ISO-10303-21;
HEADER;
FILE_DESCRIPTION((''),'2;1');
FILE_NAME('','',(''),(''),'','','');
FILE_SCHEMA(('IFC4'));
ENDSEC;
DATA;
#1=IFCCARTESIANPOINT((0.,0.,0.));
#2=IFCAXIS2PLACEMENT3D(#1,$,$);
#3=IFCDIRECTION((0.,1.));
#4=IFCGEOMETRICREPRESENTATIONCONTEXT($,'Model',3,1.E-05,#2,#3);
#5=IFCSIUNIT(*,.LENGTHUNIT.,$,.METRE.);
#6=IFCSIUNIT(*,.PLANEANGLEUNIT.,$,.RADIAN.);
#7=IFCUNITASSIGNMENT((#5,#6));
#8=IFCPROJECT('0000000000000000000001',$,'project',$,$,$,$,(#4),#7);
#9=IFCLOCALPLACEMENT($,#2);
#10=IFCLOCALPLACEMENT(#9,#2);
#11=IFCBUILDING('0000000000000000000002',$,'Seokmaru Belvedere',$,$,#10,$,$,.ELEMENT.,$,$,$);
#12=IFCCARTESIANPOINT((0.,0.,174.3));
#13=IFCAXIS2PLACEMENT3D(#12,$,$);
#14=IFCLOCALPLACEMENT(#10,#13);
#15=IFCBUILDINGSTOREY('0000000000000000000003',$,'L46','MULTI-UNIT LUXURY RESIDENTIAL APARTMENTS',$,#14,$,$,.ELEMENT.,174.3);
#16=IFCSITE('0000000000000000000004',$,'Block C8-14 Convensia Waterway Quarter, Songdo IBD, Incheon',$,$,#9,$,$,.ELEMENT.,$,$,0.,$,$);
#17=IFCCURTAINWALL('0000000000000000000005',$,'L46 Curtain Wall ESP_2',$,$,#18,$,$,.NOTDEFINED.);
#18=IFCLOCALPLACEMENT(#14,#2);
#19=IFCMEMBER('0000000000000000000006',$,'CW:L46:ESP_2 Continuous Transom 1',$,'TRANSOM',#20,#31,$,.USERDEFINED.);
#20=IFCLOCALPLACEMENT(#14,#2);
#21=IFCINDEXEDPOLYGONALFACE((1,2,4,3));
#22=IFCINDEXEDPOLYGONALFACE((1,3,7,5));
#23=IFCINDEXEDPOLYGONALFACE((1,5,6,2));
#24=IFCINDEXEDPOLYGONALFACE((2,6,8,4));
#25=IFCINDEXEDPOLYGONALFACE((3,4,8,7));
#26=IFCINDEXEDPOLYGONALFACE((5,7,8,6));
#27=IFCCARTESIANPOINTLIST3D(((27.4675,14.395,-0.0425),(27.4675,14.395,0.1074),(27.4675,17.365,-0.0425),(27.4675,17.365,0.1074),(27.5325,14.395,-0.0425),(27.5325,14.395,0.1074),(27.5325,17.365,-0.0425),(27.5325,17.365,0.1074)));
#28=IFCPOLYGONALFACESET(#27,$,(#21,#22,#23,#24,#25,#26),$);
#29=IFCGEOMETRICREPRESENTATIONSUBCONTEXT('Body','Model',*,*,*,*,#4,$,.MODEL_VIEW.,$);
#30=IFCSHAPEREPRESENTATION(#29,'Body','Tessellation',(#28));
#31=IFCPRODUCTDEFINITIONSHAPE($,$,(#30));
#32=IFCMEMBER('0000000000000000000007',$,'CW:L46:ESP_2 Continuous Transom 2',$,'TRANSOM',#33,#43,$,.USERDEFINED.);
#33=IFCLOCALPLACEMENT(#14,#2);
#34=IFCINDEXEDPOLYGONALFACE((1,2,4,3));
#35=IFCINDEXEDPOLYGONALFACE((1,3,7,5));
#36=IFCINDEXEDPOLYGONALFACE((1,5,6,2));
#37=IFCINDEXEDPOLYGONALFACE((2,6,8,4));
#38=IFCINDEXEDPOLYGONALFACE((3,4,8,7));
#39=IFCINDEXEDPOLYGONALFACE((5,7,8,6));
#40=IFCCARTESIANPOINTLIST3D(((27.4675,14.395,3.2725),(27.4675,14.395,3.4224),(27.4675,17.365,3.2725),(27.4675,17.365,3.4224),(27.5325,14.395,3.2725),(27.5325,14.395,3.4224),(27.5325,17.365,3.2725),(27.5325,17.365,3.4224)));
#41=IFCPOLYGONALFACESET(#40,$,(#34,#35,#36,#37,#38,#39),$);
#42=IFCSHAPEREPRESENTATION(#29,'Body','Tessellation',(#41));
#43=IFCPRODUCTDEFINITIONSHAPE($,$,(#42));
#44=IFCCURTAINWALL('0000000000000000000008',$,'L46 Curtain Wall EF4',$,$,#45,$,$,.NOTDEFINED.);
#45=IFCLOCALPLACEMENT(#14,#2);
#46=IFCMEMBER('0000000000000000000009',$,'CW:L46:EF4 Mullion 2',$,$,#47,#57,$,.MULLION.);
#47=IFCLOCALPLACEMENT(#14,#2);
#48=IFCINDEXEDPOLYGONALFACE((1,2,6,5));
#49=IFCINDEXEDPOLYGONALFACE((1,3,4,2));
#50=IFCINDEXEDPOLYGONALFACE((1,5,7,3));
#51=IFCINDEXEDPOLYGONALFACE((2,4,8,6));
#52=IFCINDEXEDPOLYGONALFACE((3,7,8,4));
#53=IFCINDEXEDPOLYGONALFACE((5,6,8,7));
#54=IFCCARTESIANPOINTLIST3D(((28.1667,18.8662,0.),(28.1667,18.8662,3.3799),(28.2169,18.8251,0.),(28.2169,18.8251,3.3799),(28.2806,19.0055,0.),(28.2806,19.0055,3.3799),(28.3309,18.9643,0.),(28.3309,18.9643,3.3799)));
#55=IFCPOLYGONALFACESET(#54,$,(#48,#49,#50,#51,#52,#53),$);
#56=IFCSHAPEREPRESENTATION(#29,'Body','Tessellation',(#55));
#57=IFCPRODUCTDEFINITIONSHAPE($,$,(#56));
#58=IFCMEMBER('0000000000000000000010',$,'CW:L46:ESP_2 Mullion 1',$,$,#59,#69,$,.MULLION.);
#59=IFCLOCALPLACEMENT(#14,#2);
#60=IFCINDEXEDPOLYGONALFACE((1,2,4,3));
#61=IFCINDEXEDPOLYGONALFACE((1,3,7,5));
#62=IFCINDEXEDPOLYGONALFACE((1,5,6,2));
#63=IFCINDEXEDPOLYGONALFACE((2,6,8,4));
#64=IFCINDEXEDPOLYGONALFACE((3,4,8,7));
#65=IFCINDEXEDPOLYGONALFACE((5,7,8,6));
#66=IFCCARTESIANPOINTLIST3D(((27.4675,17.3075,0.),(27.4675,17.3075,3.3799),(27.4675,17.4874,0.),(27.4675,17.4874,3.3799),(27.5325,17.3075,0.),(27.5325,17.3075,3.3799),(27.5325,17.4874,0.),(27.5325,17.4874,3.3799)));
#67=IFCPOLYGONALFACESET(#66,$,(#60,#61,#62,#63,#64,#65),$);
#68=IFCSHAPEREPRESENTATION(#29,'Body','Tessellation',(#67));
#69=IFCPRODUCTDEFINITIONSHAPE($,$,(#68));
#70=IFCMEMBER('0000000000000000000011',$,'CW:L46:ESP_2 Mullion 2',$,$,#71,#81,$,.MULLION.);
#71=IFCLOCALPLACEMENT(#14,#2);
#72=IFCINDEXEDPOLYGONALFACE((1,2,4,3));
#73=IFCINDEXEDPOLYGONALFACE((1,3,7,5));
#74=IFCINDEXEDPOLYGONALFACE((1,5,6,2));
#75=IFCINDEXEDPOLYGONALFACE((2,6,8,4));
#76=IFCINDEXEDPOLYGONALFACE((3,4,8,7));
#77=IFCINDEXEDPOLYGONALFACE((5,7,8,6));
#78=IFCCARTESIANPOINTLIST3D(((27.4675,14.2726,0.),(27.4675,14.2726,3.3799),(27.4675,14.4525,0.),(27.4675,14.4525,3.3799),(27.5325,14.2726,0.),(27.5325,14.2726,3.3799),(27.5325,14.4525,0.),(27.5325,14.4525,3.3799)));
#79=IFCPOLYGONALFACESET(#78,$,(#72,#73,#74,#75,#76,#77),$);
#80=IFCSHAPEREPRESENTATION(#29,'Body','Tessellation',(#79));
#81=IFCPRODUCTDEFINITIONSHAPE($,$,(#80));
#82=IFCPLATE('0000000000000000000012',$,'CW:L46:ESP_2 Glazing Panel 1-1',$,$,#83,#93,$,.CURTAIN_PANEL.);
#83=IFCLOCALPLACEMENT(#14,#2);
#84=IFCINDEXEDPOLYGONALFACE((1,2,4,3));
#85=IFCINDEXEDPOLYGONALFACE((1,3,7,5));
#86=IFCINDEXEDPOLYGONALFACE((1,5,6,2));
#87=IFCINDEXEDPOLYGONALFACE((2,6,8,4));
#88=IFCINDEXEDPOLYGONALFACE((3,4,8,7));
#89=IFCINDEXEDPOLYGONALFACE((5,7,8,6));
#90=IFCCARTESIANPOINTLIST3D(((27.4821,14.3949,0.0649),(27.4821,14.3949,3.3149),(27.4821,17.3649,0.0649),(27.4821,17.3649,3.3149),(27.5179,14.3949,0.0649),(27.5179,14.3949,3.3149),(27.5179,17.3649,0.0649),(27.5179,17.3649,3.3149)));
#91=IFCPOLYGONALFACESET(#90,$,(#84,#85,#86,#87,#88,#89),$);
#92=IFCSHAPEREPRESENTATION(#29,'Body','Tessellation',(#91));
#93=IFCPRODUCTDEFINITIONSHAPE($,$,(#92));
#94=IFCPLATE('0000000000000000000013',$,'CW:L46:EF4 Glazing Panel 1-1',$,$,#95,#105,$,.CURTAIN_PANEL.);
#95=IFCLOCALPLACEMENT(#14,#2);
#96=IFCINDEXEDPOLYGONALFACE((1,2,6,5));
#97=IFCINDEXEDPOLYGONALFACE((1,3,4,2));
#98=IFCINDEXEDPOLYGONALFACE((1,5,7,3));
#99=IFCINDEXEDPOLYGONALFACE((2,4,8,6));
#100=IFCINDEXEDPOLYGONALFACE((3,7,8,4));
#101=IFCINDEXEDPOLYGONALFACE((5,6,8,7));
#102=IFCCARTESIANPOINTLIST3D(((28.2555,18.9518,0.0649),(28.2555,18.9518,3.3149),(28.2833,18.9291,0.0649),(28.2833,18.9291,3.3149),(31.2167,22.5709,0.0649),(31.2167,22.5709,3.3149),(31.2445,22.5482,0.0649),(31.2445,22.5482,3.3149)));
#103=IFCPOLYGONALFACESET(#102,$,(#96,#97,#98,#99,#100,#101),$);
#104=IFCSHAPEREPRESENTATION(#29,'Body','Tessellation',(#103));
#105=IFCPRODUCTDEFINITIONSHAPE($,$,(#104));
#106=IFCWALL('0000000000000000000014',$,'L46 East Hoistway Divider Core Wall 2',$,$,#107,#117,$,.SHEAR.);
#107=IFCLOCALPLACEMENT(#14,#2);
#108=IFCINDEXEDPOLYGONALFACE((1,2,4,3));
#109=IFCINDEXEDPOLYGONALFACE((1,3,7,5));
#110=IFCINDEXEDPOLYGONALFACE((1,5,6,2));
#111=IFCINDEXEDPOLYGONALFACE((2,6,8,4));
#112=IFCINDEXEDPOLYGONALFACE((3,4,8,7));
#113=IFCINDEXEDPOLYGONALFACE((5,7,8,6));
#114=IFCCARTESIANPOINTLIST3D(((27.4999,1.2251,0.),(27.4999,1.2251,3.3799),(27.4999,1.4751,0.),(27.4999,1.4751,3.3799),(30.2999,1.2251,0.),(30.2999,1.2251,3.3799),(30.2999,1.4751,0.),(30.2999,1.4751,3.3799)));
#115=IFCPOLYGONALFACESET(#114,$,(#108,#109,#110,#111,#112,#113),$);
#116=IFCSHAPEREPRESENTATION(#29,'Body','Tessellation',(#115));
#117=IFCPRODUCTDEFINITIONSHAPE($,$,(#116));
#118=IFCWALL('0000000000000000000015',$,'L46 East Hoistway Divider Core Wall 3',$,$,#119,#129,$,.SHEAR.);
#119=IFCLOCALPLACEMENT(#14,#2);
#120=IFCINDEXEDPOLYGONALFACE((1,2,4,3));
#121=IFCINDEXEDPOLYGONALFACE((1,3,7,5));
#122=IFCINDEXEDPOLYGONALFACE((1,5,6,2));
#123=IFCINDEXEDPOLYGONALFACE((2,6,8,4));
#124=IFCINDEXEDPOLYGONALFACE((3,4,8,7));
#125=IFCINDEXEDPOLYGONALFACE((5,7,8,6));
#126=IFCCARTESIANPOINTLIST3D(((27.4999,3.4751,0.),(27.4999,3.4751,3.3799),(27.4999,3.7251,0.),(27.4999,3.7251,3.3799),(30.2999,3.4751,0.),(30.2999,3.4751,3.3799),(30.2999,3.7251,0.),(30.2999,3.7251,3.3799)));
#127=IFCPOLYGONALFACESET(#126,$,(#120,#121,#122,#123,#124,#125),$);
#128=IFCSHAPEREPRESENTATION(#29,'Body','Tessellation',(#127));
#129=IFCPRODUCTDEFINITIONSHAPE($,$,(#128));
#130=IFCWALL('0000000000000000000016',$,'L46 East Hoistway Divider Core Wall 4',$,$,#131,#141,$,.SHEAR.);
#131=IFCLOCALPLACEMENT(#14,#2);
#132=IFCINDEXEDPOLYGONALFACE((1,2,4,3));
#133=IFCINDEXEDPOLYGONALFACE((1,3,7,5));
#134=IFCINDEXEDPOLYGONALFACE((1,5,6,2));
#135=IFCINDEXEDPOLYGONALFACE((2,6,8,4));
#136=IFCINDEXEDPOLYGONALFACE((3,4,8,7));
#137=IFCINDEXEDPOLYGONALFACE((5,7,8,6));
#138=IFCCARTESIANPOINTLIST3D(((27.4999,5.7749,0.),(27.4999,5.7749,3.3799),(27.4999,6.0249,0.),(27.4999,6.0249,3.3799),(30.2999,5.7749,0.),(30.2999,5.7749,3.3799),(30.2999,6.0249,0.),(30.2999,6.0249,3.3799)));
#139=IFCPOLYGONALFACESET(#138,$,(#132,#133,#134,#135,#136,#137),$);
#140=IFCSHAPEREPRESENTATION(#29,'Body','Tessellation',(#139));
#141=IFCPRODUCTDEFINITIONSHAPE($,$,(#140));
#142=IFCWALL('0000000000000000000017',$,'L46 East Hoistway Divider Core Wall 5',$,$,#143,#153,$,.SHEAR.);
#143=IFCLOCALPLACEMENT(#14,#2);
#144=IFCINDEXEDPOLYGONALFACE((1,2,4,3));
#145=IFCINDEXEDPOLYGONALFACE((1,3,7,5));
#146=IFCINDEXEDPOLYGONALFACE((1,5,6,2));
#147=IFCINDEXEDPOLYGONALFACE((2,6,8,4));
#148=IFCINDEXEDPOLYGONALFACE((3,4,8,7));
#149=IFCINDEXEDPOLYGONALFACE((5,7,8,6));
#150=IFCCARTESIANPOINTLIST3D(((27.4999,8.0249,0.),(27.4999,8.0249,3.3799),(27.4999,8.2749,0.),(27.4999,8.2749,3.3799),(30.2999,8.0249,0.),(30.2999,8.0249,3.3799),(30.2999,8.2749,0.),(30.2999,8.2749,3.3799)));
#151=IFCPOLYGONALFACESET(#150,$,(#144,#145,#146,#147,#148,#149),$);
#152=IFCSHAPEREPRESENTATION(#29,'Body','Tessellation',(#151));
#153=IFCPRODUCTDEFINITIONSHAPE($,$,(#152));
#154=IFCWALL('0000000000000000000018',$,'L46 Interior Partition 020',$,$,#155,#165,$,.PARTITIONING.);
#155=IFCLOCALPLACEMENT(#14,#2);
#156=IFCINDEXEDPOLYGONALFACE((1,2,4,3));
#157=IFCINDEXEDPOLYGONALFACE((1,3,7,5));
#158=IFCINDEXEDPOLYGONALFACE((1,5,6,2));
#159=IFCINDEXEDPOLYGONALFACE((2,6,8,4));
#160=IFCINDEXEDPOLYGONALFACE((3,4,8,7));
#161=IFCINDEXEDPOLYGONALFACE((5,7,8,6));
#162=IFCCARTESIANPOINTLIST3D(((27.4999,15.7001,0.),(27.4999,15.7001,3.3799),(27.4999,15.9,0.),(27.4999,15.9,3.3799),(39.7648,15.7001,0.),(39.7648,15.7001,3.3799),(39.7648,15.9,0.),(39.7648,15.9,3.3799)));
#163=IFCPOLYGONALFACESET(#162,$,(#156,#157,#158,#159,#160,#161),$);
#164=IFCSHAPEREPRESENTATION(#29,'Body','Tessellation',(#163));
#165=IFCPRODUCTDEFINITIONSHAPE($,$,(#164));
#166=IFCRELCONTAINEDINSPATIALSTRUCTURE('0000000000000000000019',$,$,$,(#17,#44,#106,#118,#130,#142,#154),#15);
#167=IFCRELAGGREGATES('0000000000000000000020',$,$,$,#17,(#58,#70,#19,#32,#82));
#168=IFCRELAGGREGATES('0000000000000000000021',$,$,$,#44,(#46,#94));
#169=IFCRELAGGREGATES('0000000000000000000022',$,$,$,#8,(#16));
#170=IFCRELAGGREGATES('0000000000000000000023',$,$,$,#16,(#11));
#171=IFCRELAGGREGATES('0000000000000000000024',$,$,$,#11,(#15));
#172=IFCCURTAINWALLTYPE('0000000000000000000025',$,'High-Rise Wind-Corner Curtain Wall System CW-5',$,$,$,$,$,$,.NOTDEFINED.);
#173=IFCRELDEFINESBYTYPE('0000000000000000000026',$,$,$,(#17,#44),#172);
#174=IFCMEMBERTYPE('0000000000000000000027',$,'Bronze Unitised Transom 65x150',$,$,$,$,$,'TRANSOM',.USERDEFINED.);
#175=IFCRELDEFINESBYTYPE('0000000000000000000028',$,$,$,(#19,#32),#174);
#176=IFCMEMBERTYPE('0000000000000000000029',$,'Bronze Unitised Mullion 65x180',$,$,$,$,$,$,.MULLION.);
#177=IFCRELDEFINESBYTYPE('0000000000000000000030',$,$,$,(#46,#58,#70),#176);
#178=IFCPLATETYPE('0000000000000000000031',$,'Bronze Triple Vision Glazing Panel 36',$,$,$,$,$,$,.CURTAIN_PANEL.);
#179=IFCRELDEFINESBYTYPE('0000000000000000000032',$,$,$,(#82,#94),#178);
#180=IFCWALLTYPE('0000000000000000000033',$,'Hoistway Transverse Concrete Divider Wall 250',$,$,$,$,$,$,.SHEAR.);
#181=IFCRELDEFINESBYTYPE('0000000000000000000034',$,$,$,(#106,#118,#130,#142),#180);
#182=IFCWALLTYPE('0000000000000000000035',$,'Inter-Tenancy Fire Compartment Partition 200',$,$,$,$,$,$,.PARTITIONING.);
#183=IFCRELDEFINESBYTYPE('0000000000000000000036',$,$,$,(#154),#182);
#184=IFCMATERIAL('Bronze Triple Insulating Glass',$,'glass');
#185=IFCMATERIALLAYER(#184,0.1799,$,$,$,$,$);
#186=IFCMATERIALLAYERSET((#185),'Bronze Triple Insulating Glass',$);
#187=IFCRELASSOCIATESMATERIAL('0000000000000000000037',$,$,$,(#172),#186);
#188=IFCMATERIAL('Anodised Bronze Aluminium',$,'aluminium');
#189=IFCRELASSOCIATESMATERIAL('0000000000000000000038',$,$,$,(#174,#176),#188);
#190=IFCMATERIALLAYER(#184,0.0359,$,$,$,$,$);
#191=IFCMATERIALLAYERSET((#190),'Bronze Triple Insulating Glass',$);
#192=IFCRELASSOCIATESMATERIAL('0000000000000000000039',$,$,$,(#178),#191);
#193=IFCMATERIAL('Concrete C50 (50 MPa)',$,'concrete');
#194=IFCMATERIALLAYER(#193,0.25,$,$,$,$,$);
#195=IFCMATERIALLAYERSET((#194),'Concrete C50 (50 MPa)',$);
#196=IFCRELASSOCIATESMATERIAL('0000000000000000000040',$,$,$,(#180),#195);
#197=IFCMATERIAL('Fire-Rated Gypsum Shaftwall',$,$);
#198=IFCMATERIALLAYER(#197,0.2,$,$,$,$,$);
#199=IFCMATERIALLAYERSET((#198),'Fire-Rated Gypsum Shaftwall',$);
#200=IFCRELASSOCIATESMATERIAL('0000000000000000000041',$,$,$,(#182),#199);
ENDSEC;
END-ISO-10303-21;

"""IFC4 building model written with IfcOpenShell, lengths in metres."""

from ifc_helpers import new_model, si_unit, direction, frame, frame_2d, origin, origin_2d, place, context, subcontext, project, spatial, rectangle, extrude, source, transform, mapped, material, layer, layer_set, material_profile, profile_set, type_object, type_shapes, element, aggregate, save


model = new_model("IFC4")

# Units and contexts
model_context = context("Model", 3, precision=1e-05, world=origin(), true_north=direction((0.0, 1.0)))
body_context = subcontext(model_context, "Body", "Model", "MODEL_VIEW")
ifc_project = project(units=[si_unit("LENGTHUNIT", "METRE"), si_unit("PLANEANGLEUNIT", "RADIAN")], contexts=[model_context])

# Site, building, storey
site_placement = place(None, origin())
site = spatial("IfcSite", under=ifc_project, at=site_placement, Name="Block C8-14 Convensia Waterway Quarter, Songdo IBD, Incheon", CompositionType="ELEMENT", RefElevation=0.0)
building_placement = place(site_placement, origin())
building = spatial("IfcBuilding", under=site, at=building_placement, Name="Seokmaru Belvedere", CompositionType="ELEMENT")
storey_placement = place(building_placement, frame((0.0, 0.0, 174.3)))
storey = spatial("IfcBuildingStorey", under=building, at=storey_placement, Name="L46", Description="MULTI-UNIT LUXURY RESIDENTIAL APARTMENTS", CompositionType="ELEMENT", Elevation=174.3)

# Curtain wall, members
ifc_material_1 = material(Name="Bronze Triple Insulating Glass", Category="glass")
ifc_layer_1 = layer(ifc_material_1, 0.1799)
ifc_layer_set_1 = layer_set([ifc_layer_1], Name="Bronze Triple Insulating Glass")
curtain_wall_type = type_object("IfcCurtainWallType", Name="High-Rise Wind-Corner Curtain Wall System CW-5", PredefinedType="NOTDEFINED", material=ifc_layer_set_1)
curtain_wall_1_placement = place(storey_placement, origin())
curtain_wall_1 = element("IfcCurtainWall", 1, at=curtain_wall_1_placement, inside=storey, type_object=curtain_wall_type, Name="L46 Curtain Wall ESP_2", PredefinedType="NOTDEFINED")
ifc_material_2 = material(Name="Anodised Bronze Aluminium", Category="aluminium")
ifc_material_profile_1 = material_profile(ifc_material_2, rectangle(XDim=0.0649, YDim=0.1499, at=origin_2d()), Name="CW-T-65x150")
ifc_profile_set_1 = profile_set([ifc_material_profile_1], Name="Anodised Bronze Aluminium")
member_type_1 = type_object("IfcMemberType", Name="Bronze Unitised Transom 65x150", ElementType="TRANSOM", PredefinedType="USERDEFINED", material=ifc_profile_set_1)
shared_shape_1 = source(origin(), body_context, "Body", "SweptSolid", [
    extrude(rectangle(XDim=0.0649, YDim=0.1499, at=origin_2d()), origin(), (0.0, 0.0, 1.0), 2.97),
])
type_shapes(member_type_1, [shared_shape_1])
member_1_placement = place(storey_placement, frame((27.5, 17.365, 0.0325), z_axis=(0.0, -1.0, 0.0), x_axis=(1.0, 0.0, 0.0)))
member_1 = element("IfcMember", 2, at=member_1_placement, type_object=member_type_1, Name="CW:L46:ESP_2 Continuous Transom 1", ObjectType="TRANSOM", PredefinedType="USERDEFINED", context=body_context, shape_type="MappedRepresentation", body=[
    mapped(shared_shape_1, transform((0.0, 0.0, 0.0), scale=1.0)),
])
member_2_placement = place(storey_placement, frame((27.5, 17.365, 3.3474), z_axis=(0.0, -1.0, 0.0), x_axis=(1.0, 0.0, 0.0)))
member_2 = element("IfcMember", 3, at=member_2_placement, type_object=member_type_1, Name="CW:L46:ESP_2 Continuous Transom 2", ObjectType="TRANSOM", PredefinedType="USERDEFINED", context=body_context, shape_type="MappedRepresentation", body=[
    mapped(shared_shape_1, transform((0.0, 0.0, 0.0), scale=1.0)),
])

# Curtain wall, member
curtain_wall_2_placement = place(storey_placement, origin())
curtain_wall_2 = element("IfcCurtainWall", 4, at=curtain_wall_2_placement, inside=storey, type_object=curtain_wall_type, Name="L46 Curtain Wall EF4", PredefinedType="NOTDEFINED")
ifc_material_profile_2 = material_profile(ifc_material_2, rectangle(XDim=0.0649, YDim=0.1799, at=origin_2d()), Name="CW-M-65x180")
ifc_profile_set_2 = profile_set([ifc_material_profile_2], Name="Anodised Bronze Aluminium")
member_type_2 = type_object("IfcMemberType", Name="Bronze Unitised Mullion 65x180", PredefinedType="MULLION", material=ifc_profile_set_2)
shared_shape_2 = source(origin(), body_context, "Body", "SweptSolid", [
    extrude(rectangle(XDim=0.0649, YDim=0.1799, at=origin_2d()), origin(), (0.0, 0.0, 1.0), 3.3799),
])
type_shapes(member_type_2, [shared_shape_2])
member_3_placement = place(storey_placement, frame((28.2488, 18.9153, 0.0), z_axis=(0.0, 0.0, 1.0), x_axis=(0.773944, -0.633254, 0.0)))
member_3 = element("IfcMember", 5, at=member_3_placement, type_object=member_type_2, Name="CW:L46:EF4 Mullion 2", PredefinedType="MULLION", context=body_context, shape_type="MappedRepresentation", body=[
    mapped(shared_shape_2, transform((0.0, 0.0, 0.0), scale=1.0)),
])

# Members
member_4_placement = place(storey_placement, frame((27.5, 17.3975, 0.0), z_axis=(0.0, 0.0, 1.0), x_axis=(1.0, 0.0, 0.0)))
member_4 = element("IfcMember", 6, at=member_4_placement, type_object=member_type_2, Name="CW:L46:ESP_2 Mullion 1", PredefinedType="MULLION", context=body_context, shape_type="MappedRepresentation", body=[
    mapped(shared_shape_2, transform((0.0, 0.0, 0.0), scale=1.0)),
])
member_5_placement = place(storey_placement, frame((27.5, 14.3625, 0.0), z_axis=(0.0, 0.0, 1.0), x_axis=(1.0, 0.0, 0.0)))
member_5 = element("IfcMember", 7, at=member_5_placement, type_object=member_type_2, Name="CW:L46:ESP_2 Mullion 2", PredefinedType="MULLION", context=body_context, shape_type="MappedRepresentation", body=[
    mapped(shared_shape_2, transform((0.0, 0.0, 0.0), scale=1.0)),
])

# Plates
ifc_layer_2 = layer(ifc_material_1, 0.0359)
ifc_layer_set_2 = layer_set([ifc_layer_2], Name="Bronze Triple Insulating Glass")
plate_type = type_object("IfcPlateType", Name="Bronze Triple Vision Glazing Panel 36", PredefinedType="CURTAIN_PANEL", material=ifc_layer_set_2)
shared_shape_3 = source(origin(), body_context, "Body", "SweptSolid", [
    extrude(rectangle(XDim=2.97, YDim=0.0359, at=origin_2d()), origin(), (0.0, 0.0, 1.0), 3.25),
])
plate_1_placement = place(storey_placement, frame((27.5, 15.8799, 0.0649), z_axis=(0.0, 0.0, 1.0), x_axis=(0.0, -1.0, 0.0)))
plate_1 = element("IfcPlate", 8, at=plate_1_placement, type_object=plate_type, Name="CW:L46:ESP_2 Glazing Panel 1-1", PredefinedType="CURTAIN_PANEL", context=body_context, shape_type="MappedRepresentation", body=[
    mapped(shared_shape_3, transform((0.0, 0.0, 0.0), scale=1.0)),
])
aggregate(curtain_wall_1, [member_4, member_5, member_1, member_2, plate_1])
shared_shape_4 = source(origin(), body_context, "Body", "SweptSolid", [
    extrude(rectangle(XDim=4.6763, YDim=0.0359, at=origin_2d()), origin(), (0.0, 0.0, 1.0), 3.25),
])
type_shapes(plate_type, [shared_shape_3, shared_shape_4])
plate_2_placement = place(storey_placement, frame((29.75, 20.75, 0.0649), z_axis=(0.0, 0.0, 1.0), x_axis=(-0.633254, -0.773944, 0.0)))
plate_2 = element("IfcPlate", 9, at=plate_2_placement, type_object=plate_type, Name="CW:L46:EF4 Glazing Panel 1-1", PredefinedType="CURTAIN_PANEL", context=body_context, shape_type="MappedRepresentation", body=[
    mapped(shared_shape_4, transform((0.0, 0.0, 0.0), scale=1.0)),
])
aggregate(curtain_wall_2, [member_3, plate_2])

# Walls
ifc_material_3 = material(Name="Concrete C50 (50 MPa)", Category="concrete")
ifc_layer_3 = layer(ifc_material_3, 0.25)
ifc_layer_set_3 = layer_set([ifc_layer_3], Name="Concrete C50 (50 MPa)")
wall_type_1 = type_object("IfcWallType", Name="Hoistway Transverse Concrete Divider Wall 250", PredefinedType="SHEAR", material=ifc_layer_set_3)
for number, where, z_axis, x_axis, name in (
    (10, (27.5, 1.3501, 0.0), (0.0, 0.0, 1.0), (1.0, 0.0, 0.0), "L46 East Hoistway Divider Core Wall 2"),
    (11, (27.5, 3.6001, 0.0), (0.0, 0.0, 1.0), (1.0, 0.0, 0.0), "L46 East Hoistway Divider Core Wall 3"),
    (12, (27.5, 5.8999, 0.0), (0.0, 0.0, 1.0), (1.0, 0.0, 0.0), "L46 East Hoistway Divider Core Wall 4"),
    (13, (27.5, 8.1499, 0.0), (0.0, 0.0, 1.0), (1.0, 0.0, 0.0), "L46 East Hoistway Divider Core Wall 5"),
):
    element("IfcWall", number, at=place(storey_placement, frame(where, z_axis=z_axis, x_axis=x_axis)), inside=storey, type_object=wall_type_1, Name=name, PredefinedType="SHEAR", context=body_context, shape_type="SweptSolid", body=[
        extrude(rectangle(XDim=2.8, YDim=0.25, at=frame_2d((1.3999, 0.0))), origin(), (0.0, 0.0, 1.0), 3.3799),
    ])
ifc_material_4 = material(Name="Fire-Rated Gypsum Shaftwall")
ifc_layer_4 = layer(ifc_material_4, 0.2)
ifc_layer_set_4 = layer_set([ifc_layer_4], Name="Fire-Rated Gypsum Shaftwall")
wall_type_2 = type_object("IfcWallType", Name="Inter-Tenancy Fire Compartment Partition 200", PredefinedType="PARTITIONING", material=ifc_layer_set_4)
wall_1_placement = place(storey_placement, frame((27.5, 15.8, 0.0), z_axis=(0.0, 0.0, 1.0), x_axis=(1.0, 0.0, 0.0)))
element("IfcWall", 14, at=wall_1_placement, inside=storey, type_object=wall_type_2, Name="L46 Interior Partition 020", PredefinedType="PARTITIONING", context=body_context, shape_type="SweptSolid", body=[
    extrude(rectangle(XDim=12.2649, YDim=0.2, at=frame_2d((6.1323, 0.0))), origin(), (0.0, 0.0, 1.0), 3.3799),
])

save(model, "model.ifc")
